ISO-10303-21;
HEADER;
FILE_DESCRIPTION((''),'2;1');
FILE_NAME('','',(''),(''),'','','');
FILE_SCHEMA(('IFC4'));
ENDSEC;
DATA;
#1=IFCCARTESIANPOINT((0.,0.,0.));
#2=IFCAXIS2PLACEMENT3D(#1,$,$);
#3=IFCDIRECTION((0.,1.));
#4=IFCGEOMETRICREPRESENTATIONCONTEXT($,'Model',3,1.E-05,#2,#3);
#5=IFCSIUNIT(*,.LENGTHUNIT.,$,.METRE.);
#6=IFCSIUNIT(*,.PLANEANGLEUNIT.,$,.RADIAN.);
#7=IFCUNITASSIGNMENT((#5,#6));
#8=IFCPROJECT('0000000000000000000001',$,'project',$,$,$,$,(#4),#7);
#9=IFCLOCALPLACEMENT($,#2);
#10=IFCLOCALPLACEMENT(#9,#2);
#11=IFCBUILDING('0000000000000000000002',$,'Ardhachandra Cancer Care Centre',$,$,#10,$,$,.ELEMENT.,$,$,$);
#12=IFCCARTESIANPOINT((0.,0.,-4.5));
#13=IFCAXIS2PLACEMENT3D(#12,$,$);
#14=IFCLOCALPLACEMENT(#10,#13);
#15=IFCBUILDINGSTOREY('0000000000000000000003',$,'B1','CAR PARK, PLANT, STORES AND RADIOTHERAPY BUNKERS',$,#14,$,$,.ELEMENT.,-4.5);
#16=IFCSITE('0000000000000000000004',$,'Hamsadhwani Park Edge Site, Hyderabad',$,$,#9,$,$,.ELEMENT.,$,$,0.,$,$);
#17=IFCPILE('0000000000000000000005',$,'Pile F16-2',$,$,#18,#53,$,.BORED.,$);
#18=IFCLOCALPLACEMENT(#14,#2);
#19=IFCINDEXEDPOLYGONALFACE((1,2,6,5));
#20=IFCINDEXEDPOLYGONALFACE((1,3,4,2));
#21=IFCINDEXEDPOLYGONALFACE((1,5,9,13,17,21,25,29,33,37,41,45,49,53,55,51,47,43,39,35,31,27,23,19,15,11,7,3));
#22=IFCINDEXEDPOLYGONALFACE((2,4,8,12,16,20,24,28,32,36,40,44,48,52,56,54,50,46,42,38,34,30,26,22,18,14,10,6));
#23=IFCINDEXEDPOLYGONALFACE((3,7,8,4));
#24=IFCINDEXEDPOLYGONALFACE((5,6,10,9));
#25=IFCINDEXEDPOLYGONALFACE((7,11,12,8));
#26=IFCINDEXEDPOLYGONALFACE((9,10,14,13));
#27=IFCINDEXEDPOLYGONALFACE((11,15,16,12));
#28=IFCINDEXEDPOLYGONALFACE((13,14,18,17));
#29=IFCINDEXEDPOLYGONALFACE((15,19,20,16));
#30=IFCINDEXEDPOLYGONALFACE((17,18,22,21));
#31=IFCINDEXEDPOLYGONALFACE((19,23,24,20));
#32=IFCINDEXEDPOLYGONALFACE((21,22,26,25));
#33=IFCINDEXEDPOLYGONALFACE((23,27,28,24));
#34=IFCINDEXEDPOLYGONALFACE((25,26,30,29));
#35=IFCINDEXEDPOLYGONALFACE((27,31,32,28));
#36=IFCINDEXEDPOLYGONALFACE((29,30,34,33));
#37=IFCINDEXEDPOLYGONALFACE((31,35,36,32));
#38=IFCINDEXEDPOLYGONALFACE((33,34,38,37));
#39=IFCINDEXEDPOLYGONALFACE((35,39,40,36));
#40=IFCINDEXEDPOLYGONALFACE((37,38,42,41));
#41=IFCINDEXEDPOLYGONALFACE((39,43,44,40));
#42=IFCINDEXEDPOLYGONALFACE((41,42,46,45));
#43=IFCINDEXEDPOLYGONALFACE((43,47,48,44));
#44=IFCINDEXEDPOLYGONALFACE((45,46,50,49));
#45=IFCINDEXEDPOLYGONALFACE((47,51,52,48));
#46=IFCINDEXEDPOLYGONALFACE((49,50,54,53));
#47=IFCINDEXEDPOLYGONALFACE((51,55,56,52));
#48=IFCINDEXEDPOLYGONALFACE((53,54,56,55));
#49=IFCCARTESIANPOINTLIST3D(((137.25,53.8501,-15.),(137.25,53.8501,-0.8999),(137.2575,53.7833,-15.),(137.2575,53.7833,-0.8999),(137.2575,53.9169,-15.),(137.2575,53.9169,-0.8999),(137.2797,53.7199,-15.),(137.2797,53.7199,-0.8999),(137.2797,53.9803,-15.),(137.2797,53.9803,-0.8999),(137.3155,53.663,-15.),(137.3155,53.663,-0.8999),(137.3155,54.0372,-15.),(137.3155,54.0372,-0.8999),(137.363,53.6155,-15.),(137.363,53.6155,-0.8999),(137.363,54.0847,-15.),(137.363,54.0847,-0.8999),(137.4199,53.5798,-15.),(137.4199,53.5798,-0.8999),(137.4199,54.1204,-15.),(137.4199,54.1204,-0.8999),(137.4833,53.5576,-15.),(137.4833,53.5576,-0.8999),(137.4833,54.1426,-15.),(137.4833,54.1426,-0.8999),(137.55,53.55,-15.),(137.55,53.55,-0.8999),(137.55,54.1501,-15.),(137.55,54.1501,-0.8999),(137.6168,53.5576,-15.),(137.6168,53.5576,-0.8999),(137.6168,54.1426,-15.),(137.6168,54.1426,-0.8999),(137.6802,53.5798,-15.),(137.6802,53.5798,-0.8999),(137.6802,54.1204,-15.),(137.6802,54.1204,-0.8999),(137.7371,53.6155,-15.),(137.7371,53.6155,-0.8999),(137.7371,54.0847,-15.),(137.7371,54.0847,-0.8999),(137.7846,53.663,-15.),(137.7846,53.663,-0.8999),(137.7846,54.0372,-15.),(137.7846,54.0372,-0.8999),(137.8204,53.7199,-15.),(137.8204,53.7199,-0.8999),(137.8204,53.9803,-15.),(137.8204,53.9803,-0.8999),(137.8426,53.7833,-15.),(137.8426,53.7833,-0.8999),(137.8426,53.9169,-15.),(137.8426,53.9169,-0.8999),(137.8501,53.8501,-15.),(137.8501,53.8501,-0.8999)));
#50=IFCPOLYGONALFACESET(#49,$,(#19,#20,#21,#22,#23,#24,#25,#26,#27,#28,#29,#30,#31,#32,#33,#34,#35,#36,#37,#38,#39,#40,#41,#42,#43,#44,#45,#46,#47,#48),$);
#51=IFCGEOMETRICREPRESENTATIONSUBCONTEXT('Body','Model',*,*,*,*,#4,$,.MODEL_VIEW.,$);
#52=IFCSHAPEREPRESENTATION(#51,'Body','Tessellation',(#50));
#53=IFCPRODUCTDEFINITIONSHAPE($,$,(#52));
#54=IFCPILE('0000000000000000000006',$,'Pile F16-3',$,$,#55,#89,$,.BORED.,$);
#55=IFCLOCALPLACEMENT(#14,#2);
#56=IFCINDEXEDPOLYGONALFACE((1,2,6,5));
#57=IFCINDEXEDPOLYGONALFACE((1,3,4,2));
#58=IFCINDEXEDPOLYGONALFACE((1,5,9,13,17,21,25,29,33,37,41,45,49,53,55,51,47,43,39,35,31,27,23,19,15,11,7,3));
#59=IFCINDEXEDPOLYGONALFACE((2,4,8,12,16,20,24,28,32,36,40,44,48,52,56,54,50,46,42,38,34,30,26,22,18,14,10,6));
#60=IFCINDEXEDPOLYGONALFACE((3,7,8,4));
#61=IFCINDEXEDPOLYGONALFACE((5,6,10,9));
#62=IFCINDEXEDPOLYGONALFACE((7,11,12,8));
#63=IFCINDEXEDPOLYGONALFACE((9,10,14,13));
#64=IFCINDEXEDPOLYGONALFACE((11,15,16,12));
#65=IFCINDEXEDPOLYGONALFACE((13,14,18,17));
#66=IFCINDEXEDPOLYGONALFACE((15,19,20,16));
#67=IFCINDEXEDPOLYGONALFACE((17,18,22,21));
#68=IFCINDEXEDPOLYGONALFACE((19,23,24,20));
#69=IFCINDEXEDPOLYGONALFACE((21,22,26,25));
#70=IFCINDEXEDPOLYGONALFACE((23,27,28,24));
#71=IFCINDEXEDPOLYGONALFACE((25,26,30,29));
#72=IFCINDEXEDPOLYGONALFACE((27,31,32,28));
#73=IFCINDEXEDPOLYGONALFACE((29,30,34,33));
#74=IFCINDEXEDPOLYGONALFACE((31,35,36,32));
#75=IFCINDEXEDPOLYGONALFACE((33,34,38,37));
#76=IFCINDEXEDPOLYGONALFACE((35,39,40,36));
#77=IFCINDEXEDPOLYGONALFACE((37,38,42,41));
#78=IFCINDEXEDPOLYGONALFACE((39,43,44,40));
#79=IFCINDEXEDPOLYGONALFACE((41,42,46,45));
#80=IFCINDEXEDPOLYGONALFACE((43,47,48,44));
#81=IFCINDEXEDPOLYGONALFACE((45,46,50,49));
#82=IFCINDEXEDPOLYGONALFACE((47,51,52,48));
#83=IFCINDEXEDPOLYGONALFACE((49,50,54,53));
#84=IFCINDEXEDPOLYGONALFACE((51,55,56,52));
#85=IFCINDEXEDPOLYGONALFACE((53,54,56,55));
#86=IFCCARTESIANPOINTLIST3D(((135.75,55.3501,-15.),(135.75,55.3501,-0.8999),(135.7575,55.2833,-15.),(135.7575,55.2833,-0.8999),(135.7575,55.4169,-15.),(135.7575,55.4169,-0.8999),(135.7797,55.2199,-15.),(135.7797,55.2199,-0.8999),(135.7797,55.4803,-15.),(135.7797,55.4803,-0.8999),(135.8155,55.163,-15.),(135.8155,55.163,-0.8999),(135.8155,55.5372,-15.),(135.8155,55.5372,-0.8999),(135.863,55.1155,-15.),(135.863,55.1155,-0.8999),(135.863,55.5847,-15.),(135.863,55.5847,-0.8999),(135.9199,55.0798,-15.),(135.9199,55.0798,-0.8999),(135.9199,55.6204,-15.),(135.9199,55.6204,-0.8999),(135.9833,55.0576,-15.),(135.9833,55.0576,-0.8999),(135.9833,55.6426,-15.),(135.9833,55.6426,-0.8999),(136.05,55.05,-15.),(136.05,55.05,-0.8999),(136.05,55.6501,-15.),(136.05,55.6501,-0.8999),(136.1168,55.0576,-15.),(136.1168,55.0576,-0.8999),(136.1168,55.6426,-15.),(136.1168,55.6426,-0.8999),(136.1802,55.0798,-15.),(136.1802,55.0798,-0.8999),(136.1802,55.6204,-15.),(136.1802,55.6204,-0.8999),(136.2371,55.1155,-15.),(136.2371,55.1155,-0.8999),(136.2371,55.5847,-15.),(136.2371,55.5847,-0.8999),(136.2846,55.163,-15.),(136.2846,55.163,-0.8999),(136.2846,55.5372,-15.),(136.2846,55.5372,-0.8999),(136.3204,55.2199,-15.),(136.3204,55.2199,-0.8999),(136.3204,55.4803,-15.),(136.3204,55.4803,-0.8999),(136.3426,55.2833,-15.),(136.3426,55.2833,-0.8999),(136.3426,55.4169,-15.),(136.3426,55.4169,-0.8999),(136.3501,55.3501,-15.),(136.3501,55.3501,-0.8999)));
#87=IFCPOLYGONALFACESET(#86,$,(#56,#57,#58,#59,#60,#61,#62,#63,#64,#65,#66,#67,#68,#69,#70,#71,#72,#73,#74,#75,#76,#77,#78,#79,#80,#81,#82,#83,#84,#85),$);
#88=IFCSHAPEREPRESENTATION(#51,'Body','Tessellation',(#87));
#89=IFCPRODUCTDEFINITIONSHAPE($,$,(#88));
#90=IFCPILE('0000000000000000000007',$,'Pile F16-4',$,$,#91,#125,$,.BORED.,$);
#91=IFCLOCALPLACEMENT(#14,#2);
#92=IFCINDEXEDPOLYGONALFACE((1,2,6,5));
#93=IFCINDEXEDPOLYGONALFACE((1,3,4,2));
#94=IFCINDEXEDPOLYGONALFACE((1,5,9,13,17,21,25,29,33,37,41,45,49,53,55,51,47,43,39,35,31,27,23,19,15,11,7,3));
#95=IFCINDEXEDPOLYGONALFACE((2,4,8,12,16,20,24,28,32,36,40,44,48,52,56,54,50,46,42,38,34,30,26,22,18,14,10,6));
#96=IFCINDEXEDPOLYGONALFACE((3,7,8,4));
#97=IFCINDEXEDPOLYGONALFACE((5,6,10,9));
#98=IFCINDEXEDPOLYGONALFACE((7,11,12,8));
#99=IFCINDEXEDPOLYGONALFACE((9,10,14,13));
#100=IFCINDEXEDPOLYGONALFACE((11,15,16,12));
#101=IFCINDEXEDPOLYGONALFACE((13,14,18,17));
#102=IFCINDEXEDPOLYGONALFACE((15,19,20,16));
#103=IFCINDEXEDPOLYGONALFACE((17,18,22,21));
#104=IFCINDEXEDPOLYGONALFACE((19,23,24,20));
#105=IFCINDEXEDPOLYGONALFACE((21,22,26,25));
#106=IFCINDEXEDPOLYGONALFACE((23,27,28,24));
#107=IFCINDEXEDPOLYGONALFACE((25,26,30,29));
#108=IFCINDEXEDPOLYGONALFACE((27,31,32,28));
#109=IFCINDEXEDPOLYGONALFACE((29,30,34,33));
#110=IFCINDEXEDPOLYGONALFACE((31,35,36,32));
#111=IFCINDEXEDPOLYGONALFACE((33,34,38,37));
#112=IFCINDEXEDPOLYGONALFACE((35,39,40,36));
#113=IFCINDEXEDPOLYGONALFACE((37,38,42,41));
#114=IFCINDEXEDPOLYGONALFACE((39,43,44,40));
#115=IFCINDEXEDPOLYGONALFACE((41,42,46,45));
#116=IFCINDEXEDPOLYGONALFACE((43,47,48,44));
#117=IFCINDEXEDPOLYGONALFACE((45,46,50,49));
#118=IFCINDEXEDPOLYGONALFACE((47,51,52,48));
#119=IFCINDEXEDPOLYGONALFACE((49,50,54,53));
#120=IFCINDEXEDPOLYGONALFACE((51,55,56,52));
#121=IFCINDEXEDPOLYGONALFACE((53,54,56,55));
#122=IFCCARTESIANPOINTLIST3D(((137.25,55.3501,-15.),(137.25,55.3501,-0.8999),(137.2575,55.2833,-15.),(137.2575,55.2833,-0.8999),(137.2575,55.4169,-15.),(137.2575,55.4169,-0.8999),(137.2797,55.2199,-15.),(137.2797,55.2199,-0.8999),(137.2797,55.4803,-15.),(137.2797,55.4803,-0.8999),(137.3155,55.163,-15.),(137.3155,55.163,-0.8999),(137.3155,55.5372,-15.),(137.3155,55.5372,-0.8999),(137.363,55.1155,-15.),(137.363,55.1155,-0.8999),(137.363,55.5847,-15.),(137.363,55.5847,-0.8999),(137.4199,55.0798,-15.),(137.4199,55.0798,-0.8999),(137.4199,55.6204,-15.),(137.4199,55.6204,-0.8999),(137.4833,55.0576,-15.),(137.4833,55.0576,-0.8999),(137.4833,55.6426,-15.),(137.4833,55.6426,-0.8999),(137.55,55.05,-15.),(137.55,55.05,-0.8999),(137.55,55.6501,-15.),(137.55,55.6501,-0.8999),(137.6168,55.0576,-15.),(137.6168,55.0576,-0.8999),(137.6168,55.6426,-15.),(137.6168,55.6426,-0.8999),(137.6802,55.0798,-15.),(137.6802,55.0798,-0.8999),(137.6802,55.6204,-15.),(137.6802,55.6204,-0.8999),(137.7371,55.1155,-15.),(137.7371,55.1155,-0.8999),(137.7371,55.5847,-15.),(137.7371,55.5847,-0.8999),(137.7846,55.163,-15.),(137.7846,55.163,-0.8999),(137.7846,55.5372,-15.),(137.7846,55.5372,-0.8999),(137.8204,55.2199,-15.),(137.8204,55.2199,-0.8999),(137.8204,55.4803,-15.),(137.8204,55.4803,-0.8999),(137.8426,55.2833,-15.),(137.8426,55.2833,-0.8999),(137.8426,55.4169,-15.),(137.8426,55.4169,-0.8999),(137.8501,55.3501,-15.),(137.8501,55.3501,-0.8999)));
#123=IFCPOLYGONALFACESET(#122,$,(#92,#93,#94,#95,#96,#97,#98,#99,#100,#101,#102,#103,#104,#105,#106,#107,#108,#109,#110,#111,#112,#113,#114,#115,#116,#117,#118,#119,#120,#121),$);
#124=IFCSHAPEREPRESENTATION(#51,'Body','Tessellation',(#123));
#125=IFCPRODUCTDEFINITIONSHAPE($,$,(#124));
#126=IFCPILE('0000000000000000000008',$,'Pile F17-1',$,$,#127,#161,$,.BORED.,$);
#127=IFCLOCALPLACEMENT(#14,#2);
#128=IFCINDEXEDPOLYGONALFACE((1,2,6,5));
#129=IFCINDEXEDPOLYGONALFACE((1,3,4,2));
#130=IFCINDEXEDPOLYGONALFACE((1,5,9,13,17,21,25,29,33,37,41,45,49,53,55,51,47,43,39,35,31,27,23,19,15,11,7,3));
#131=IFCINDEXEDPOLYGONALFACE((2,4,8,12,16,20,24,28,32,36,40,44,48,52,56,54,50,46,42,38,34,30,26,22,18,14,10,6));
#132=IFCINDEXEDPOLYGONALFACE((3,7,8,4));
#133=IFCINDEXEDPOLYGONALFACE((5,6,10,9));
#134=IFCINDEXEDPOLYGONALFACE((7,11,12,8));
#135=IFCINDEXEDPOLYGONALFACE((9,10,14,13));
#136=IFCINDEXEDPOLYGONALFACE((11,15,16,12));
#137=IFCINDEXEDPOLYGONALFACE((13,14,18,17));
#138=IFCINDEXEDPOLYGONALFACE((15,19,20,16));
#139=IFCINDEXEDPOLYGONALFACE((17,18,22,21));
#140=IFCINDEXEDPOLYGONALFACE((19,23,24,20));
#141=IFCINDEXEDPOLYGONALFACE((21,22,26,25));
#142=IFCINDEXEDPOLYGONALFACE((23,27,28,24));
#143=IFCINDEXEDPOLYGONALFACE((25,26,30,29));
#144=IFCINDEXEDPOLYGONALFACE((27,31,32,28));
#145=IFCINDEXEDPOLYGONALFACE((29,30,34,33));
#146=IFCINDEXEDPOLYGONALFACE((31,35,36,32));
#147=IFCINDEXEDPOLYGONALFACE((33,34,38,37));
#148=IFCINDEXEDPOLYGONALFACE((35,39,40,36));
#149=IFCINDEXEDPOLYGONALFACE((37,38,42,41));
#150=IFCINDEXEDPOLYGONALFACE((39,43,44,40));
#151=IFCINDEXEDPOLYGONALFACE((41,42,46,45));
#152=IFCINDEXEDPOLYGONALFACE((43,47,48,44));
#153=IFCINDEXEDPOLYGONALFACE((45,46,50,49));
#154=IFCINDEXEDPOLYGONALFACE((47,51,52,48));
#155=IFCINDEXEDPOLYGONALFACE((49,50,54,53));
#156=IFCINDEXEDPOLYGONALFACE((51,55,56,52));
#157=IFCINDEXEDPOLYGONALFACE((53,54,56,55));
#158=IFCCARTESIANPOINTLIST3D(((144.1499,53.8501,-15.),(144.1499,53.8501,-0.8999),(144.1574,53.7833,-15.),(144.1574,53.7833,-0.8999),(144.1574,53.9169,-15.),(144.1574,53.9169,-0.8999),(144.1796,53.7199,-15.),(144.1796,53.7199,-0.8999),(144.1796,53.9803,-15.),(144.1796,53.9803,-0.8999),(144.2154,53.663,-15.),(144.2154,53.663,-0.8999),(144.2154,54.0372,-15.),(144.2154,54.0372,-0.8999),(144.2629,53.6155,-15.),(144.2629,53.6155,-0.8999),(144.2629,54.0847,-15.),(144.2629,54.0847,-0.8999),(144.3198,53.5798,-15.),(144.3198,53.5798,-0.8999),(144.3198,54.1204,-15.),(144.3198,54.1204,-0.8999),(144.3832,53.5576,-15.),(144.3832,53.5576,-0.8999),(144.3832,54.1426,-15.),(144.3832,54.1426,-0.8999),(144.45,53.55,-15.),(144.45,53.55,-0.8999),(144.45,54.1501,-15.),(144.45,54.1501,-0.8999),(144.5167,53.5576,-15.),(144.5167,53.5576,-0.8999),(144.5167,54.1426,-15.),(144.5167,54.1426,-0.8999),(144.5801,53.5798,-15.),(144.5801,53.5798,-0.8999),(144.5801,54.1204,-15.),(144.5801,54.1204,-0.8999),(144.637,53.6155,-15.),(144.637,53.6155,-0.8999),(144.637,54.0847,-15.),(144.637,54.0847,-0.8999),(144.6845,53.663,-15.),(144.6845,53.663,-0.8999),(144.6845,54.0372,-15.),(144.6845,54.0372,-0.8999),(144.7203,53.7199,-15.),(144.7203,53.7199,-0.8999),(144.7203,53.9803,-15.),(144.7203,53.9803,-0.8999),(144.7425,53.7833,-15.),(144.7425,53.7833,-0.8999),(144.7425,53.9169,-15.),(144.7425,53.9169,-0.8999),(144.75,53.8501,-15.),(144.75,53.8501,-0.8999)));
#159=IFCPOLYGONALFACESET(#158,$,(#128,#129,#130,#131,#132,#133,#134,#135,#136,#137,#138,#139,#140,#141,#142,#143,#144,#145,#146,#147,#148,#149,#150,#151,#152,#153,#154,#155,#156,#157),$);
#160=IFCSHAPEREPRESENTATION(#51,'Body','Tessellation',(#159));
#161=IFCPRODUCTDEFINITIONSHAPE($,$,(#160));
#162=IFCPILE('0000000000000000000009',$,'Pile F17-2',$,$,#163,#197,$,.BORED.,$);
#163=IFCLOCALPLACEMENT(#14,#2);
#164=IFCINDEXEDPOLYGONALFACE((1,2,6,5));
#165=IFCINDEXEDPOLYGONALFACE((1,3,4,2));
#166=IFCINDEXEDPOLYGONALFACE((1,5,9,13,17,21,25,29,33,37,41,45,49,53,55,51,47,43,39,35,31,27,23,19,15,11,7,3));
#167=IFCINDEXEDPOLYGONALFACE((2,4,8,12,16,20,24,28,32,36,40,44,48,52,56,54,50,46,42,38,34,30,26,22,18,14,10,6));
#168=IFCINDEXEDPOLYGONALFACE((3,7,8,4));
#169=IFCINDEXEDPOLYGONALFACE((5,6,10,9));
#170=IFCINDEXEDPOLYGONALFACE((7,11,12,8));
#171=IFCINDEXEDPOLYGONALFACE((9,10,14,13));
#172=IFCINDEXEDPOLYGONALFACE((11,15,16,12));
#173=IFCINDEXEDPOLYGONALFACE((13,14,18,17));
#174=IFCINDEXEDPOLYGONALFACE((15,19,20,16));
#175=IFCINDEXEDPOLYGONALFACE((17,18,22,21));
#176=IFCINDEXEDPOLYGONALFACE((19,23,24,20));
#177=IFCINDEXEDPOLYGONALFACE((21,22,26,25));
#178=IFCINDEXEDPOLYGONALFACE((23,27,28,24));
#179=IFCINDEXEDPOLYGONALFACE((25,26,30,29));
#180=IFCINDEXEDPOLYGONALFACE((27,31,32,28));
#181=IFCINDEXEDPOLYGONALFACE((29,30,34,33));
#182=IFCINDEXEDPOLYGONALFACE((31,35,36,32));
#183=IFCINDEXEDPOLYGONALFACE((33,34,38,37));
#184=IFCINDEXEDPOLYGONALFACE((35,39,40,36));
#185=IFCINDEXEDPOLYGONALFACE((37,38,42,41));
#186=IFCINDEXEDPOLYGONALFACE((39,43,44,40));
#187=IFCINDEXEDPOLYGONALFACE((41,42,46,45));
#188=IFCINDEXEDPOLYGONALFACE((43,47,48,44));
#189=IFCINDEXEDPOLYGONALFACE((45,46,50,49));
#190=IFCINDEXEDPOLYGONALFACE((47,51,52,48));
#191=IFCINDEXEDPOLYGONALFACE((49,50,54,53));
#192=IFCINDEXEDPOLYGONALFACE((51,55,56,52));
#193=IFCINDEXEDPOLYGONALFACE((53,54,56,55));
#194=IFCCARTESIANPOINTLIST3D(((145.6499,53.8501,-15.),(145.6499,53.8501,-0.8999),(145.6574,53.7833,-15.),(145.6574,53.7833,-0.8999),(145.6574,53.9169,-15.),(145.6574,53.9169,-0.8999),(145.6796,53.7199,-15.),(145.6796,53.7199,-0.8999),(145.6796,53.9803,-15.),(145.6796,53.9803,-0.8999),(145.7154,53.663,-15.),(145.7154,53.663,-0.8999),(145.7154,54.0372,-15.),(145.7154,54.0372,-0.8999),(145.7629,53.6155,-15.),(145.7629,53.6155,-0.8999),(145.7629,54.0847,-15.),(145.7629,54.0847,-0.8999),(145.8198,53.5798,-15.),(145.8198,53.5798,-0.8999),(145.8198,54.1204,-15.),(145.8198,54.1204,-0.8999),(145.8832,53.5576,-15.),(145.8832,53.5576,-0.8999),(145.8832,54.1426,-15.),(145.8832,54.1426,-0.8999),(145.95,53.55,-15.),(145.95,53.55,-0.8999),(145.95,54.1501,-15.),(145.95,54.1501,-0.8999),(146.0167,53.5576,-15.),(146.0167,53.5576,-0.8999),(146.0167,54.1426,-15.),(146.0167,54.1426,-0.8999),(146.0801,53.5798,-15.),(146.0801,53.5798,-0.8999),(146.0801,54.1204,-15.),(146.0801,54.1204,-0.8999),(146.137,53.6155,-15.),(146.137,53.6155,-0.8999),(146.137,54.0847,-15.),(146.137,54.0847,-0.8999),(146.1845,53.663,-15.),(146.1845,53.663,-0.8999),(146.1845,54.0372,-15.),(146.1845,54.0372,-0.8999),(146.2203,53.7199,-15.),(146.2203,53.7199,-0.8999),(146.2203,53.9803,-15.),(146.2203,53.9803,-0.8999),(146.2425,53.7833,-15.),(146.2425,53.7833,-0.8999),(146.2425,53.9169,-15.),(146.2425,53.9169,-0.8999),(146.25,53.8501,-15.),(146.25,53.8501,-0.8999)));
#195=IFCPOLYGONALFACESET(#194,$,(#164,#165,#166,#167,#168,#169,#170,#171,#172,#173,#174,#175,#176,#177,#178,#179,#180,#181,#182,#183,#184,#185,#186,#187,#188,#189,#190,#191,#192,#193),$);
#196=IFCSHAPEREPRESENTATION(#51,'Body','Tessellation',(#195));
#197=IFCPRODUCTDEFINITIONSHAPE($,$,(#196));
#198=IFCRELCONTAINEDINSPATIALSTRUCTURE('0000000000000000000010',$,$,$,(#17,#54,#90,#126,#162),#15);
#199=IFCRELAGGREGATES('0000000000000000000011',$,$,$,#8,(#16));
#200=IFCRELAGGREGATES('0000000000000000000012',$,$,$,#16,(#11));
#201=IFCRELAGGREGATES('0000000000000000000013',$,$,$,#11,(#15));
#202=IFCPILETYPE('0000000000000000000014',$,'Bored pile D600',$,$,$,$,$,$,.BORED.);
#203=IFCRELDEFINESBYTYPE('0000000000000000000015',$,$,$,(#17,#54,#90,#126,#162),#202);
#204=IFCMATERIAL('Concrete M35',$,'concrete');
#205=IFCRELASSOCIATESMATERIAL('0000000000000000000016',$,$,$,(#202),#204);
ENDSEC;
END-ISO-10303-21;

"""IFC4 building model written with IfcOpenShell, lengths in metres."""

from ifc_helpers import new_model, si_unit, direction, frame, origin, origin_2d, place, context, subcontext, project, spatial, circle, extrude, material, material_profile, profile_set, type_object, element, save


model = new_model("IFC4")

# Units and contexts
model_context = context("Model", 3, precision=1e-05, world=origin(), true_north=direction((0.0, 1.0)))
body_context = subcontext(model_context, "Body", "Model", "MODEL_VIEW")
ifc_project = project(units=[si_unit("LENGTHUNIT", "METRE"), si_unit("PLANEANGLEUNIT", "RADIAN")], contexts=[model_context])

# Site, building, storey
site_placement = place(None, origin())
site = spatial("IfcSite", under=ifc_project, at=site_placement, Name="Hamsadhwani Park Edge Site, Hyderabad", CompositionType="ELEMENT", RefElevation=0.0)
building_placement = place(site_placement, origin())
building = spatial("IfcBuilding", under=site, at=building_placement, Name="Ardhachandra Cancer Care Centre", CompositionType="ELEMENT")
storey_placement = place(building_placement, frame((0.0, 0.0, -4.5)))
storey = spatial("IfcBuildingStorey", under=building, at=storey_placement, Name="B1", Description="CAR PARK, PLANT, STORES AND RADIOTHERAPY BUNKERS", CompositionType="ELEMENT", Elevation=-4.5)

# Piles
ifc_material_1 = material(Name="Concrete M35", Category="concrete")
ifc_material_profile_1 = material_profile(ifc_material_1, circle(Radius=0.3, at=origin_2d()), Name="D600")
ifc_profile_set_1 = profile_set([ifc_material_profile_1], Name="Concrete M35")
pile_type = type_object("IfcPileType", Name="Bored pile D600", PredefinedType="BORED", material=ifc_profile_set_1)
for number, where, z_axis, x_axis, name in (
    (1, (137.55, 53.8501, -0.8999), (0.0, 0.0, -1.0), (1.0, 0.0, 0.0), "Pile F16-2"),
    (2, (136.05, 55.3501, -0.8999), (0.0, 0.0, -1.0), (1.0, 0.0, 0.0), "Pile F16-3"),
    (3, (137.55, 55.3501, -0.8999), (0.0, 0.0, -1.0), (1.0, 0.0, 0.0), "Pile F16-4"),
    (4, (144.45, 53.8501, -0.8999), (0.0, 0.0, -1.0), (1.0, 0.0, 0.0), "Pile F17-1"),
    (5, (145.95, 53.8501, -0.8999), (0.0, 0.0, -1.0), (1.0, 0.0, 0.0), "Pile F17-2"),
):
    element("IfcPile", number, at=place(storey_placement, frame(where, z_axis=z_axis, x_axis=x_axis)), inside=storey, type_object=pile_type, Name=name, PredefinedType="BORED", context=body_context, shape_type="SweptSolid", body=[
        extrude(circle(Radius=0.3, at=origin_2d()), origin(), (0.0, 0.0, 1.0), 14.1001),
    ])

save(model, "model.ifc")
